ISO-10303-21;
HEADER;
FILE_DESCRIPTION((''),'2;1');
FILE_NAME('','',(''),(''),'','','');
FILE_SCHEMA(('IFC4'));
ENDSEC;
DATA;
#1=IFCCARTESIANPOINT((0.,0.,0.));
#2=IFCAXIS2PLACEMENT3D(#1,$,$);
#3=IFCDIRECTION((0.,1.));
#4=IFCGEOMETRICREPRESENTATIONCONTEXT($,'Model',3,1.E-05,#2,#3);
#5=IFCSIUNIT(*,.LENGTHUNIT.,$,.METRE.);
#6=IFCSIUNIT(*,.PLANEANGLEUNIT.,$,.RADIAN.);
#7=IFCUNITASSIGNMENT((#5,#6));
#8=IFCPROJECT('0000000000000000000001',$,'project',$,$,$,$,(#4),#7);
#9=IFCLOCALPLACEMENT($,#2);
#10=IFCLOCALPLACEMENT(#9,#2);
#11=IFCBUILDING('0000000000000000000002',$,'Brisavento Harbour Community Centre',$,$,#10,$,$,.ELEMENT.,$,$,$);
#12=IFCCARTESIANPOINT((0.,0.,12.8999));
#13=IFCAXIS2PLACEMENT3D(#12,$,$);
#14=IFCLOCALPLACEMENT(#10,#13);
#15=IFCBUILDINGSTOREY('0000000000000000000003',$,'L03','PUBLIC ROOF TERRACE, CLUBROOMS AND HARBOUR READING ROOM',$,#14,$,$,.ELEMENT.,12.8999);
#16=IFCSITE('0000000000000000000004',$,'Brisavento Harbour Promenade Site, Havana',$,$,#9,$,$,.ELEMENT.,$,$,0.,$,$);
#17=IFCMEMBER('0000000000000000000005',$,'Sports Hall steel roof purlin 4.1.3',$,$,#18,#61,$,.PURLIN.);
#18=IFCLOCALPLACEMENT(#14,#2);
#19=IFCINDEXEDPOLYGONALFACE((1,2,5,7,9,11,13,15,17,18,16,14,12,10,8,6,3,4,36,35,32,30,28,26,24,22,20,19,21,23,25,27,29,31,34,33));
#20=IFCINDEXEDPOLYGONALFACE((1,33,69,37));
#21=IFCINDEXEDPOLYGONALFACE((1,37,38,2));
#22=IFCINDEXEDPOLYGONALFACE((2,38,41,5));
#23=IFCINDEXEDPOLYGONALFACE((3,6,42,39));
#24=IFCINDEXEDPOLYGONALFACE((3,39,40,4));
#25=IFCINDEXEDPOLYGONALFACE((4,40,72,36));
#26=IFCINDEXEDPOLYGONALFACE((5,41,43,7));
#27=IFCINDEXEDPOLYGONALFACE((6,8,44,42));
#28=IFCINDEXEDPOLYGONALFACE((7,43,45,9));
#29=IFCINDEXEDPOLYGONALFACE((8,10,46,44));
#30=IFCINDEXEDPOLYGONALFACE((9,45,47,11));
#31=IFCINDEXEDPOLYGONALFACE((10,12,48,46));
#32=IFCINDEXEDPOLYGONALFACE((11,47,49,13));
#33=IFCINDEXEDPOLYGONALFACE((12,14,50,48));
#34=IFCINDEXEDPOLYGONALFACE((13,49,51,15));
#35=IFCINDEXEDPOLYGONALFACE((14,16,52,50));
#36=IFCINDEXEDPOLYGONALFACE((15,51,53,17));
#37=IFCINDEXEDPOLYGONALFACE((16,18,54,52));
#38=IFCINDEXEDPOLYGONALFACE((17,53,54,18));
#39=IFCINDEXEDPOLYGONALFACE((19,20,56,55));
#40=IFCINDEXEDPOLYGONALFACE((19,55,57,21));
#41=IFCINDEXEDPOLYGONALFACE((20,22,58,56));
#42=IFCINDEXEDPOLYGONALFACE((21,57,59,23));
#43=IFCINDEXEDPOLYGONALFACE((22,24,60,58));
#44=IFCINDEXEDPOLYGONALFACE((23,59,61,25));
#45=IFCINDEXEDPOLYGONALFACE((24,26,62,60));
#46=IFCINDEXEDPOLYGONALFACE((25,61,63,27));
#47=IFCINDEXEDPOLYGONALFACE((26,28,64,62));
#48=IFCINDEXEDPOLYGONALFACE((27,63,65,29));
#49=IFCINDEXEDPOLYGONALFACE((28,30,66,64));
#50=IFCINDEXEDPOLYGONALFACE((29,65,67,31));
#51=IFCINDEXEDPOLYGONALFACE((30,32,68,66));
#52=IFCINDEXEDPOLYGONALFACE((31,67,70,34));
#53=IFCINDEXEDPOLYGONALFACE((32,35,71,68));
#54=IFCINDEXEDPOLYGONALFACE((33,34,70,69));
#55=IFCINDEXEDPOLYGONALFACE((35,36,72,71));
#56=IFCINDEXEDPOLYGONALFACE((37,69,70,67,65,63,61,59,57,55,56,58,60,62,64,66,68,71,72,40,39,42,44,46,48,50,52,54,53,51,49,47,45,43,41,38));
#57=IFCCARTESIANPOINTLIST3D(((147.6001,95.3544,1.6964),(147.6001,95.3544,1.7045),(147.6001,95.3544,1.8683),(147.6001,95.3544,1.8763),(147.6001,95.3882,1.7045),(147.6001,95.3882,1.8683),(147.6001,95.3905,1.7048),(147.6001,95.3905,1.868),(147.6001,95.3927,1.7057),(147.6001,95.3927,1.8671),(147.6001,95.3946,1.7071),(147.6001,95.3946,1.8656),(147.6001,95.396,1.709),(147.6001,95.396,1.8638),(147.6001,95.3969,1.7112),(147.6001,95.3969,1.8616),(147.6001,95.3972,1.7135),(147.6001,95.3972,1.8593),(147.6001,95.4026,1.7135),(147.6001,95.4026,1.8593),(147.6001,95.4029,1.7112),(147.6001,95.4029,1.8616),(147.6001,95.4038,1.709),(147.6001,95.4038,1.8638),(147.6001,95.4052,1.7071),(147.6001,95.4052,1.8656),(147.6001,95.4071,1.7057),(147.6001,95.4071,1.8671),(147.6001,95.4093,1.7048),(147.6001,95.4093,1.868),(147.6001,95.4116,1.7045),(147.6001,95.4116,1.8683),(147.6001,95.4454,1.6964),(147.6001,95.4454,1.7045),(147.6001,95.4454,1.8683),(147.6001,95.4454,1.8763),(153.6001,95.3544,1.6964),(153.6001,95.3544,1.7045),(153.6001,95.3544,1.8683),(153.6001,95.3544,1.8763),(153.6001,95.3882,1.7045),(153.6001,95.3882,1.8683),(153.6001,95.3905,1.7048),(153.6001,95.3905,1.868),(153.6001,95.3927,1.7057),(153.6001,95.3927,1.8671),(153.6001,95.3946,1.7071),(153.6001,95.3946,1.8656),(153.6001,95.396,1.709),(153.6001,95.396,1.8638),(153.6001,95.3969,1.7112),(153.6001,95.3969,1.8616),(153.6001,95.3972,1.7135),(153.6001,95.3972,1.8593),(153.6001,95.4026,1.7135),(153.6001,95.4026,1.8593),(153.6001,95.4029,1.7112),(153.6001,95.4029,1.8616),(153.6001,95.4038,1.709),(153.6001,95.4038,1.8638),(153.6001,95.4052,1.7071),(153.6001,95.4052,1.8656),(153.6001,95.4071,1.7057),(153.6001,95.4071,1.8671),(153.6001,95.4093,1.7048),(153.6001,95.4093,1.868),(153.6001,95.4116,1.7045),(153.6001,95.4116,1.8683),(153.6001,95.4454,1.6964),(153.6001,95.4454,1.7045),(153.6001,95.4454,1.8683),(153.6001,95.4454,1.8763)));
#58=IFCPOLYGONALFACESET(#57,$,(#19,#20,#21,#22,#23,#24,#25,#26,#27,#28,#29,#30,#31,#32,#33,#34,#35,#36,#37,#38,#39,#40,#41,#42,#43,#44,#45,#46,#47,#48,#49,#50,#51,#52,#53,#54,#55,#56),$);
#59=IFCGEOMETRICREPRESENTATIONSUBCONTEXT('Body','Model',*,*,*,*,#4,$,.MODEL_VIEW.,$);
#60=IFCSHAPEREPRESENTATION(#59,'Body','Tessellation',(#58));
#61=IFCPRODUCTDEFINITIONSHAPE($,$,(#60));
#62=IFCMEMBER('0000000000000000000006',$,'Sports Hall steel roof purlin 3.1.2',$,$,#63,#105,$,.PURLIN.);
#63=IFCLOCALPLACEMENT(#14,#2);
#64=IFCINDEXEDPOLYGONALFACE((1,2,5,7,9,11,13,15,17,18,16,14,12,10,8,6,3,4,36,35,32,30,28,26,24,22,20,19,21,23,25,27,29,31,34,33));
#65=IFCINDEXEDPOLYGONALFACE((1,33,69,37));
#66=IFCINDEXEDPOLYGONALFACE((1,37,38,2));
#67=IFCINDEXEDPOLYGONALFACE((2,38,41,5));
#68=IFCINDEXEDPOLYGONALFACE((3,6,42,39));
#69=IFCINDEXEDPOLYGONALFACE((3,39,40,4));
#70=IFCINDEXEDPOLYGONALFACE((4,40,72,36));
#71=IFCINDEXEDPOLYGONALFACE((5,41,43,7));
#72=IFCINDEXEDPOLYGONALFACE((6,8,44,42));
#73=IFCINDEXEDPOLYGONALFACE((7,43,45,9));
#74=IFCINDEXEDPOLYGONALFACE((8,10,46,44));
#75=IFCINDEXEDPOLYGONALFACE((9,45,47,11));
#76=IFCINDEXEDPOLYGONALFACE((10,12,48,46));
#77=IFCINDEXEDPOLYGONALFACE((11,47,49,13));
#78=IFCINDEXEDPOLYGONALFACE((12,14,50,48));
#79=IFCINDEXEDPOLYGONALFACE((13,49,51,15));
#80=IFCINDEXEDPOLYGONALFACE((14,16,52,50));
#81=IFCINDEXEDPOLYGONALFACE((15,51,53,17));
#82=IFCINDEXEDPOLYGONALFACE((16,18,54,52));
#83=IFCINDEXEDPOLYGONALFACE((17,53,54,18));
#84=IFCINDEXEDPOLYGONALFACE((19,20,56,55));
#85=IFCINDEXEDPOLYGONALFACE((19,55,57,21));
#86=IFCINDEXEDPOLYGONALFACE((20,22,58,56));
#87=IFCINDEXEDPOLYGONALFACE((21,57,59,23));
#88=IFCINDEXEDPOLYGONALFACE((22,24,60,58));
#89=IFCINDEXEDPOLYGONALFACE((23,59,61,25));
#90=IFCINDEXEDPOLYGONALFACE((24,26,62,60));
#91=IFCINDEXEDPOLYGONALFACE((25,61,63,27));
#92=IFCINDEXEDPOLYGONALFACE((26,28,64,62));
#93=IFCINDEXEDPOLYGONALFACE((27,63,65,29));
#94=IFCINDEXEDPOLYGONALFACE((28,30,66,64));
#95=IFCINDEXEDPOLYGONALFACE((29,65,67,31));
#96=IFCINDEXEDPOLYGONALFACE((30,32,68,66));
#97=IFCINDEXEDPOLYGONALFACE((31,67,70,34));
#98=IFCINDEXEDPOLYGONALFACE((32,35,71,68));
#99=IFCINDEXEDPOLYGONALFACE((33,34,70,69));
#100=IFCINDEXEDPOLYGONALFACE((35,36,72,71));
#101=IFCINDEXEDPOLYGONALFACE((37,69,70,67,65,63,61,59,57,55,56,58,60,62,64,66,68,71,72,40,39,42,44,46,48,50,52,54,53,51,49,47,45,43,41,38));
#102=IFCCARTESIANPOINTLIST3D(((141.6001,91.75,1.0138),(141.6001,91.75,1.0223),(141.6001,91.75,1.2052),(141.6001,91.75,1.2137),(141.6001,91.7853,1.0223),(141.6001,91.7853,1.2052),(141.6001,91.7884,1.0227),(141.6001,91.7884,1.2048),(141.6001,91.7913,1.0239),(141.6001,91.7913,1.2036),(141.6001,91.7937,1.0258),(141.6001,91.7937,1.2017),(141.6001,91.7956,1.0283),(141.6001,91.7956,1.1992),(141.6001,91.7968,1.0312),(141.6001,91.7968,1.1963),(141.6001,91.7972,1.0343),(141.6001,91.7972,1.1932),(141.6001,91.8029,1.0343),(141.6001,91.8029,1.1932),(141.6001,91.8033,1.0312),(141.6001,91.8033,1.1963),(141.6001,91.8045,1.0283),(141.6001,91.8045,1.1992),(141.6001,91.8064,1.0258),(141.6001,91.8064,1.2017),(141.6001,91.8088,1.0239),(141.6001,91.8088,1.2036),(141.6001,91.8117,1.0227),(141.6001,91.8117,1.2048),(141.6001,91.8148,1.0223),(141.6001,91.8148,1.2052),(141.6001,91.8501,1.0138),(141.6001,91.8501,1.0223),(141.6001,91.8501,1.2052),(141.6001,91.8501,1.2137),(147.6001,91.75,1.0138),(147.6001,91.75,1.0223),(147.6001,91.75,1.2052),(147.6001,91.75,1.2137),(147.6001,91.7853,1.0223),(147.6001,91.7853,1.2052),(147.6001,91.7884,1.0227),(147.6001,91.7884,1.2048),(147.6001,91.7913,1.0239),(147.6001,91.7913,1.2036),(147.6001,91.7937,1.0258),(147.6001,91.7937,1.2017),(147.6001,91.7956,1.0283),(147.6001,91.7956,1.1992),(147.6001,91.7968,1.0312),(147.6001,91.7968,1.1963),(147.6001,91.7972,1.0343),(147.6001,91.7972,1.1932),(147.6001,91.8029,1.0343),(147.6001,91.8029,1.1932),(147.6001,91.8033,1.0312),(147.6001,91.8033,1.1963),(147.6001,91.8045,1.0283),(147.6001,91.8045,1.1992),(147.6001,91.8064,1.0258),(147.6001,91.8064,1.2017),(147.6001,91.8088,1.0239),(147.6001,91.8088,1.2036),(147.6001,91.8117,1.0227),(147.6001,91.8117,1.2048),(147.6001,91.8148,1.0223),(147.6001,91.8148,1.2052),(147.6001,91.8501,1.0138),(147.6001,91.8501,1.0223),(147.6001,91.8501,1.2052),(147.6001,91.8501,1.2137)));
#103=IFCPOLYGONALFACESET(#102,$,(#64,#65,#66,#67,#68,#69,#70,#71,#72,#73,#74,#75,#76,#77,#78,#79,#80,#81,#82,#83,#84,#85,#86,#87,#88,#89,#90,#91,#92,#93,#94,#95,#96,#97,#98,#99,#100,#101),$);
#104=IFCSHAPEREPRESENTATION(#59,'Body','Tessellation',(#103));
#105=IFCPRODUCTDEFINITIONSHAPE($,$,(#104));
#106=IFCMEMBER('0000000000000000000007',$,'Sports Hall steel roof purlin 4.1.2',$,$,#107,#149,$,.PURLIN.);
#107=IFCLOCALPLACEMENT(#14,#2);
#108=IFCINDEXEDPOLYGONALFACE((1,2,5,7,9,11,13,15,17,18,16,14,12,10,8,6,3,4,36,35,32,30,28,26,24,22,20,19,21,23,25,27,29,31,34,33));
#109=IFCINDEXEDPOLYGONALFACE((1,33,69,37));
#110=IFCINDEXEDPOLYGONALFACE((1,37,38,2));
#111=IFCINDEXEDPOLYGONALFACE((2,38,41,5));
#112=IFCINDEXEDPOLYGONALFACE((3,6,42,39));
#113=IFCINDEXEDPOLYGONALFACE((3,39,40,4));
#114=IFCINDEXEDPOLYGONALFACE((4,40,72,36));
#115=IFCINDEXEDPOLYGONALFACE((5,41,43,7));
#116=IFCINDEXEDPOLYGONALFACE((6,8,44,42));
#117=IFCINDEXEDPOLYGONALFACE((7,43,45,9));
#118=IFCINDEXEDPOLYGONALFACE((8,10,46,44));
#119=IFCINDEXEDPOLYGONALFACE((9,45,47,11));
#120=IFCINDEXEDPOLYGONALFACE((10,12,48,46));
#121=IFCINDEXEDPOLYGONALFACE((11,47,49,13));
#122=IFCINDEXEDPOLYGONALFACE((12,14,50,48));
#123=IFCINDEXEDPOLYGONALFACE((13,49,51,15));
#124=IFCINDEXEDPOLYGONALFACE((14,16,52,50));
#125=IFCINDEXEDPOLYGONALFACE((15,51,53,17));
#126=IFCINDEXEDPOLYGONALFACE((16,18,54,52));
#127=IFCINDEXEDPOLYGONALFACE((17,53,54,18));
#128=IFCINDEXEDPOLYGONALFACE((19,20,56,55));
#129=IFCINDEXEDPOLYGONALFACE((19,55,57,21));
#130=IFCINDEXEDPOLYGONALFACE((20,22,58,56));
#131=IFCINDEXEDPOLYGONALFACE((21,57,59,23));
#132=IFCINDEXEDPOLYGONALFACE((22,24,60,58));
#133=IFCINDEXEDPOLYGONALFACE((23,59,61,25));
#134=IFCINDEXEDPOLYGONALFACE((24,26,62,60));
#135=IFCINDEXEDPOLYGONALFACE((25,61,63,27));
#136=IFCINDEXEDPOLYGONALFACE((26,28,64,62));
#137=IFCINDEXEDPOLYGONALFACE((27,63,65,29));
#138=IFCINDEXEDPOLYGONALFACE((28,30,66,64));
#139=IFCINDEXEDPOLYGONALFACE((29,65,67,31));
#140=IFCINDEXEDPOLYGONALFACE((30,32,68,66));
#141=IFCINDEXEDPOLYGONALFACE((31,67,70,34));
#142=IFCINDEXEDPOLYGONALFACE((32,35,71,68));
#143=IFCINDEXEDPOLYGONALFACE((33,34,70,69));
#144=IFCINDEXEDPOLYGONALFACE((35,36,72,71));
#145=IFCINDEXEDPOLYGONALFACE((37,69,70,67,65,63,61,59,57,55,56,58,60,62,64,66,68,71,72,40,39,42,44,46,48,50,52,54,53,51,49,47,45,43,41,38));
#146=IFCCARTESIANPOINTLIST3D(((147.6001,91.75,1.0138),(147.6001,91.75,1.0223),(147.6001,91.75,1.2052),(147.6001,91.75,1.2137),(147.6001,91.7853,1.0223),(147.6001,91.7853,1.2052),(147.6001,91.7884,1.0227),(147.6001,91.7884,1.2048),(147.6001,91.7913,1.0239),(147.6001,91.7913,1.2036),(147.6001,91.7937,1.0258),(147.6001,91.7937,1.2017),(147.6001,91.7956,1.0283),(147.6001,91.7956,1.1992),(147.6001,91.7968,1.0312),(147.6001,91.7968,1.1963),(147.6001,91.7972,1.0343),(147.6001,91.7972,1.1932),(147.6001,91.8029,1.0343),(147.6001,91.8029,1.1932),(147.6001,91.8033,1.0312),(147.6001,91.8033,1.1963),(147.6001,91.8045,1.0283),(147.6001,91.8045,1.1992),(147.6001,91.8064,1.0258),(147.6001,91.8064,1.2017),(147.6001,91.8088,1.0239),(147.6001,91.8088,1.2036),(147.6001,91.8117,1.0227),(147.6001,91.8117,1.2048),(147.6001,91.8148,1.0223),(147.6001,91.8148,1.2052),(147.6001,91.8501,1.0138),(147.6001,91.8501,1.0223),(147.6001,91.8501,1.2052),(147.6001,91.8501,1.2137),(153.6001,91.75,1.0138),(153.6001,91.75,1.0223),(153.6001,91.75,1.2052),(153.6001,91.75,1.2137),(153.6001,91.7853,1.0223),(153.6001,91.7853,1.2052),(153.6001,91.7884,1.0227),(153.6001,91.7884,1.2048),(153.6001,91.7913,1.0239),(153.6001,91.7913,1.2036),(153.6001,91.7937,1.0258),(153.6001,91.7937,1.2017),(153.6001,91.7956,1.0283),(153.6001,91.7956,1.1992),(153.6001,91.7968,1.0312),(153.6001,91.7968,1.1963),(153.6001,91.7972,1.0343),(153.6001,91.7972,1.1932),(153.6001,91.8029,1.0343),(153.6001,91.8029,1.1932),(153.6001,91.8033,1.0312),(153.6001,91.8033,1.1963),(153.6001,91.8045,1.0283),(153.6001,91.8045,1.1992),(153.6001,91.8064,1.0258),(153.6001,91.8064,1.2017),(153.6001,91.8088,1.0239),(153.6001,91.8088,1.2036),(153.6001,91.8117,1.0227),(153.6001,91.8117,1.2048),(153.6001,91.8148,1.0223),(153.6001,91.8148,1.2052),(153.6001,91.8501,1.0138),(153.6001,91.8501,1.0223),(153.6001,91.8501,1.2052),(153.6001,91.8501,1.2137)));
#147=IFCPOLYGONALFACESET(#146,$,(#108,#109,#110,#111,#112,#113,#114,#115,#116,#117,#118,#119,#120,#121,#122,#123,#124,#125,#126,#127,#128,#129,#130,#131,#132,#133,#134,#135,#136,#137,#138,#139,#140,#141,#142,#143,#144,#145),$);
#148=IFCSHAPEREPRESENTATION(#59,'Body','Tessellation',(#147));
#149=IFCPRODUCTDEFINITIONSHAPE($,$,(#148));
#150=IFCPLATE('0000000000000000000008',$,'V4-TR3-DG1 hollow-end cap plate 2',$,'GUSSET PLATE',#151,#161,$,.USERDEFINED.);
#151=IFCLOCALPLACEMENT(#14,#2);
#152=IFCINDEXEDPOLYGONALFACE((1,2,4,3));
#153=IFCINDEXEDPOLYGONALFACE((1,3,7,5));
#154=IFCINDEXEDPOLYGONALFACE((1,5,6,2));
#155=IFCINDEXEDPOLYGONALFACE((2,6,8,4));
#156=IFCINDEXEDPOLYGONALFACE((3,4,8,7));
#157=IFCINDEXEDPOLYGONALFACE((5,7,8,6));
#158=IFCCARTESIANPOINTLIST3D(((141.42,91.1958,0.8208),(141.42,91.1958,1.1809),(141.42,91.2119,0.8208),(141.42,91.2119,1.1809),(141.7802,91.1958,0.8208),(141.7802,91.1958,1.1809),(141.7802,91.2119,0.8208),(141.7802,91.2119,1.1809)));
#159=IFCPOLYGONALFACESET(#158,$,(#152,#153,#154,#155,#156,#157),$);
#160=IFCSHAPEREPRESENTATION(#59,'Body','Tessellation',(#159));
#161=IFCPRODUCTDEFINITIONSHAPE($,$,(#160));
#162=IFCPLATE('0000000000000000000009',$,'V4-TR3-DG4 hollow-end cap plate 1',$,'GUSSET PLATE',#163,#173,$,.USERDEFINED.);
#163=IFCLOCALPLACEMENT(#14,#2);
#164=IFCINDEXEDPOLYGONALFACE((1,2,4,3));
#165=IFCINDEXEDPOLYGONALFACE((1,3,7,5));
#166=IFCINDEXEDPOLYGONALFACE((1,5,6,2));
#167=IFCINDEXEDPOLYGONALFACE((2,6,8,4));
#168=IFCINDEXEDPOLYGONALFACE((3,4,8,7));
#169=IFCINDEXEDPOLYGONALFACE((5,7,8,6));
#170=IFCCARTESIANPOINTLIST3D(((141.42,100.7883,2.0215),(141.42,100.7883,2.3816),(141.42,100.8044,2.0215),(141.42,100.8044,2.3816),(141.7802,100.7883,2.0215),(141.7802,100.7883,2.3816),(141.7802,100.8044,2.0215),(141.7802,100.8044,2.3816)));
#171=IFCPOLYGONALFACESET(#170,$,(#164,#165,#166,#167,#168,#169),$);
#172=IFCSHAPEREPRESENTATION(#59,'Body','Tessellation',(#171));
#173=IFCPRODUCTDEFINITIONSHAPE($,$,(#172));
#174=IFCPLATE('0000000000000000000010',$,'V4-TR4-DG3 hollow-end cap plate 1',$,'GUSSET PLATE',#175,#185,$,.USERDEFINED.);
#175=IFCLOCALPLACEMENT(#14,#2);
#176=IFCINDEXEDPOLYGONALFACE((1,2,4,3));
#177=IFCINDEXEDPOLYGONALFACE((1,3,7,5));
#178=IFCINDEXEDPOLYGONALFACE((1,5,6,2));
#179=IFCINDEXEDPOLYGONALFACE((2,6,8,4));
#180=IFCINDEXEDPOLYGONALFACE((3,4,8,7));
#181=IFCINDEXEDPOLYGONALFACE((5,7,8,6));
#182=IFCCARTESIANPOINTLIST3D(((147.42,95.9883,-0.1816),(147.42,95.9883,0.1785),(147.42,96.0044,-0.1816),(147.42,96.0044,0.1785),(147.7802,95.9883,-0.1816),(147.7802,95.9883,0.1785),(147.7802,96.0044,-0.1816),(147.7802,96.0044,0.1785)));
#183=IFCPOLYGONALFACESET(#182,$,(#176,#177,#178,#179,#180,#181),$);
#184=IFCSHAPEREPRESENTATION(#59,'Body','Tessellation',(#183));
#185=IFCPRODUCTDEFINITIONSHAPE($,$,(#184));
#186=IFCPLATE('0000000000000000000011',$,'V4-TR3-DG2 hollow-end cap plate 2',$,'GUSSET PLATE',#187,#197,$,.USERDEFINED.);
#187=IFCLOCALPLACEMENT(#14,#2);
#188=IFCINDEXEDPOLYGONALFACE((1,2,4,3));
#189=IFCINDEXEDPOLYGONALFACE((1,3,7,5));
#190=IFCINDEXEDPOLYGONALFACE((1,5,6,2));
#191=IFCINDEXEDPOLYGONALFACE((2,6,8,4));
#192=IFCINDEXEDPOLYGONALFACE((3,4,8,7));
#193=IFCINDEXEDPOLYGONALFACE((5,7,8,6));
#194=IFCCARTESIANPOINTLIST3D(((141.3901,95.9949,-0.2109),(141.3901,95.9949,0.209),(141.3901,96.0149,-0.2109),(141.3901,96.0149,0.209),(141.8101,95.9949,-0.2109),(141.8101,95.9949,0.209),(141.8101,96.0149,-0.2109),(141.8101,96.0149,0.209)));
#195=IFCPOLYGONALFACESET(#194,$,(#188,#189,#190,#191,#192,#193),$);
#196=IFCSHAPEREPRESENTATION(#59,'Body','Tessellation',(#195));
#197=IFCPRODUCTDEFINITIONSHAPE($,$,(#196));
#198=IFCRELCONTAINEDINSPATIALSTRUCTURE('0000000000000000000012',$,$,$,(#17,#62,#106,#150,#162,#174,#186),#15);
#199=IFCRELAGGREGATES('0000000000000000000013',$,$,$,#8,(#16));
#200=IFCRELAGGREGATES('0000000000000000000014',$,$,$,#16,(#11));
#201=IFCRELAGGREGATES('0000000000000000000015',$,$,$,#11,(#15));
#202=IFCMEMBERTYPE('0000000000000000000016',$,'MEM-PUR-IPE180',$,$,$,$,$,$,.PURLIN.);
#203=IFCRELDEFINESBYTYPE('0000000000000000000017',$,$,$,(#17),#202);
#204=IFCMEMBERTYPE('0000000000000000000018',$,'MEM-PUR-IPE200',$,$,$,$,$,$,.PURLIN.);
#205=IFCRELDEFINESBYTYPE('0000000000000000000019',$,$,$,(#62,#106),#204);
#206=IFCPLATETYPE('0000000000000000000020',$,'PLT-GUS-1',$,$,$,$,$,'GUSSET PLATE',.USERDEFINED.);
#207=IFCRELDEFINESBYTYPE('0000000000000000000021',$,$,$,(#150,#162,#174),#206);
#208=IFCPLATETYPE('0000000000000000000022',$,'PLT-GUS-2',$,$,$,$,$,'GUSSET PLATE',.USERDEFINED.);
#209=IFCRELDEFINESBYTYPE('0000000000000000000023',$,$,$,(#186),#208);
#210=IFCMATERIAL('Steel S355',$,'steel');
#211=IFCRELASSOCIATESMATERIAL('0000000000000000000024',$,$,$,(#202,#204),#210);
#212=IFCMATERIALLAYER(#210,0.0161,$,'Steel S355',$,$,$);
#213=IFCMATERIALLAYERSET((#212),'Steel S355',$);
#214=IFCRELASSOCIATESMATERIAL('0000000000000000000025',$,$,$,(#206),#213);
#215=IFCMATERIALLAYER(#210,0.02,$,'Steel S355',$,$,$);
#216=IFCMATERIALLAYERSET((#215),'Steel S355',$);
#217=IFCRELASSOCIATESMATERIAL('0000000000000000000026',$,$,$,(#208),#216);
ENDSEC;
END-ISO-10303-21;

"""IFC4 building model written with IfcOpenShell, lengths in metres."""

from ifc_helpers import new_model, si_unit, direction, frame, origin, origin_2d, place, context, subcontext, project, spatial, rectangle, i_section, extrude, material, layer, layer_set, material_profile, profile_set, type_object, element, save


model = new_model("IFC4")

# Units and contexts
model_context = context("Model", 3, precision=1e-05, world=origin(), true_north=direction((0.0, 1.0)))
body_context = subcontext(model_context, "Body", "Model", "MODEL_VIEW")
ifc_project = project(units=[si_unit("LENGTHUNIT", "METRE"), si_unit("PLANEANGLEUNIT", "RADIAN")], contexts=[model_context])

# Site, building, storey
site_placement = place(None, origin())
site = spatial("IfcSite", under=ifc_project, at=site_placement, Name="Brisavento Harbour Promenade Site, Havana", CompositionType="ELEMENT", RefElevation=0.0)
building_placement = place(site_placement, origin())
building = spatial("IfcBuilding", under=site, at=building_placement, Name="Brisavento Harbour Community Centre", CompositionType="ELEMENT")
storey_placement = place(building_placement, frame((0.0, 0.0, 12.8999)))
storey = spatial("IfcBuildingStorey", under=building, at=storey_placement, Name="L03", Description="PUBLIC ROOF TERRACE, CLUBROOMS AND HARBOUR READING ROOM", CompositionType="ELEMENT", Elevation=12.8999)

# Members
ifc_material = material(Name="Steel S355", Category="steel")
ifc_material_profile_1 = material_profile(ifc_material, i_section(OverallWidth=0.0911, OverallDepth=0.1799, WebThickness=0.0054, FlangeThickness=0.0081, FilletRadius=0.009, at=origin_2d()), Name="Steel S355")
ifc_profile_set_1 = profile_set([ifc_material_profile_1], Name="Steel S355")
member_type_1 = type_object("IfcMemberType", Name="MEM-PUR-IPE180", PredefinedType="PURLIN", material=ifc_profile_set_1)
for number, where, z_axis, x_axis, name in (
    (1, (147.6001, 95.3999, 1.7864), (1.0, 0.0, 0.0), (0.0, 1.0, 0.0), "Sports Hall steel roof purlin 4.1.3"),
):
    element("IfcMember", number, at=place(storey_placement, frame(where, z_axis=z_axis, x_axis=x_axis)), inside=storey, type_object=member_type_1, Name=name, PredefinedType="PURLIN", context=body_context, shape_type="SweptSolid", body=[
        extrude(i_section(OverallWidth=0.0911, OverallDepth=0.1799, WebThickness=0.0054, FlangeThickness=0.0081, FilletRadius=0.009, at=origin_2d()), origin(), (0.0, 0.0, 1.0), 6.0),
    ])
ifc_material_profile_2 = material_profile(ifc_material, i_section(OverallWidth=0.1001, OverallDepth=0.2, WebThickness=0.0056, FlangeThickness=0.0085, FilletRadius=0.012, at=origin_2d()), Name="Steel S355")
ifc_profile_set_2 = profile_set([ifc_material_profile_2], Name="Steel S355")
member_type_2 = type_object("IfcMemberType", Name="MEM-PUR-IPE200", PredefinedType="PURLIN", material=ifc_profile_set_2)
for number, where, z_axis, x_axis, name in (
    (2, (141.6001, 91.8, 1.1138), (1.0, 0.0, 0.0), (0.0, 1.0, 0.0), "Sports Hall steel roof purlin 3.1.2"),
    (3, (147.6001, 91.8, 1.1138), (1.0, 0.0, 0.0), (0.0, 1.0, 0.0), "Sports Hall steel roof purlin 4.1.2"),
):
    element("IfcMember", number, at=place(storey_placement, frame(where, z_axis=z_axis, x_axis=x_axis)), inside=storey, type_object=member_type_2, Name=name, PredefinedType="PURLIN", context=body_context, shape_type="SweptSolid", body=[
        extrude(i_section(OverallWidth=0.1001, OverallDepth=0.2, WebThickness=0.0056, FlangeThickness=0.0085, FilletRadius=0.012, at=origin_2d()), origin(), (0.0, 0.0, 1.0), 6.0),
    ])

# Plates
ifc_layer_1 = layer(ifc_material, 0.0161, Name="Steel S355")
ifc_layer_set_1 = layer_set([ifc_layer_1], Name="Steel S355")
plate_type_1 = type_object("IfcPlateType", Name="PLT-GUS-1", ElementType="GUSSET PLATE", PredefinedType="USERDEFINED", material=ifc_layer_set_1)
for number, where, z_axis, x_axis, name in (
    (4, (141.6001, 91.2039, 0.8208), (0.0, 0.0, 1.0), (0.0, 1.0, 0.0), "V4-TR3-DG1 hollow-end cap plate 2"),
    (5, (141.6001, 100.7964, 2.0215), (0.0, 0.0, 1.0), (0.0, 1.0, 0.0), "V4-TR3-DG4 hollow-end cap plate 1"),
    (6, (147.6001, 95.9963, -0.1816), (0.0, 0.0, 1.0), (0.0, 1.0, 0.0), "V4-TR4-DG3 hollow-end cap plate 1"),
):
    element("IfcPlate", number, at=place(storey_placement, frame(where, z_axis=z_axis, x_axis=x_axis)), inside=storey, type_object=plate_type_1, Name=name, ObjectType="GUSSET PLATE", PredefinedType="USERDEFINED", context=body_context, shape_type="SweptSolid", body=[
        extrude(rectangle(XDim=0.0161, YDim=0.3601, at=origin_2d()), origin(), (0.0, 0.0, 1.0), 0.3601),
    ])
ifc_layer_2 = layer(ifc_material, 0.02, Name="Steel S355")
ifc_layer_set_2 = layer_set([ifc_layer_2], Name="Steel S355")
plate_type_2 = type_object("IfcPlateType", Name="PLT-GUS-2", ElementType="GUSSET PLATE", PredefinedType="USERDEFINED", material=ifc_layer_set_2)
for number, where, z_axis, x_axis, name in (
    (7, (141.6001, 96.0049, -0.2109), (0.0, 0.0, 1.0), (0.0, 1.0, 0.0), "V4-TR3-DG2 hollow-end cap plate 2"),
):
    element("IfcPlate", number, at=place(storey_placement, frame(where, z_axis=z_axis, x_axis=x_axis)), inside=storey, type_object=plate_type_2, Name=name, ObjectType="GUSSET PLATE", PredefinedType="USERDEFINED", context=body_context, shape_type="SweptSolid", body=[
        extrude(rectangle(XDim=0.02, YDim=0.4199, at=origin_2d()), origin(), (0.0, 0.0, 1.0), 0.4199),
    ])

save(model, "model.ifc")
